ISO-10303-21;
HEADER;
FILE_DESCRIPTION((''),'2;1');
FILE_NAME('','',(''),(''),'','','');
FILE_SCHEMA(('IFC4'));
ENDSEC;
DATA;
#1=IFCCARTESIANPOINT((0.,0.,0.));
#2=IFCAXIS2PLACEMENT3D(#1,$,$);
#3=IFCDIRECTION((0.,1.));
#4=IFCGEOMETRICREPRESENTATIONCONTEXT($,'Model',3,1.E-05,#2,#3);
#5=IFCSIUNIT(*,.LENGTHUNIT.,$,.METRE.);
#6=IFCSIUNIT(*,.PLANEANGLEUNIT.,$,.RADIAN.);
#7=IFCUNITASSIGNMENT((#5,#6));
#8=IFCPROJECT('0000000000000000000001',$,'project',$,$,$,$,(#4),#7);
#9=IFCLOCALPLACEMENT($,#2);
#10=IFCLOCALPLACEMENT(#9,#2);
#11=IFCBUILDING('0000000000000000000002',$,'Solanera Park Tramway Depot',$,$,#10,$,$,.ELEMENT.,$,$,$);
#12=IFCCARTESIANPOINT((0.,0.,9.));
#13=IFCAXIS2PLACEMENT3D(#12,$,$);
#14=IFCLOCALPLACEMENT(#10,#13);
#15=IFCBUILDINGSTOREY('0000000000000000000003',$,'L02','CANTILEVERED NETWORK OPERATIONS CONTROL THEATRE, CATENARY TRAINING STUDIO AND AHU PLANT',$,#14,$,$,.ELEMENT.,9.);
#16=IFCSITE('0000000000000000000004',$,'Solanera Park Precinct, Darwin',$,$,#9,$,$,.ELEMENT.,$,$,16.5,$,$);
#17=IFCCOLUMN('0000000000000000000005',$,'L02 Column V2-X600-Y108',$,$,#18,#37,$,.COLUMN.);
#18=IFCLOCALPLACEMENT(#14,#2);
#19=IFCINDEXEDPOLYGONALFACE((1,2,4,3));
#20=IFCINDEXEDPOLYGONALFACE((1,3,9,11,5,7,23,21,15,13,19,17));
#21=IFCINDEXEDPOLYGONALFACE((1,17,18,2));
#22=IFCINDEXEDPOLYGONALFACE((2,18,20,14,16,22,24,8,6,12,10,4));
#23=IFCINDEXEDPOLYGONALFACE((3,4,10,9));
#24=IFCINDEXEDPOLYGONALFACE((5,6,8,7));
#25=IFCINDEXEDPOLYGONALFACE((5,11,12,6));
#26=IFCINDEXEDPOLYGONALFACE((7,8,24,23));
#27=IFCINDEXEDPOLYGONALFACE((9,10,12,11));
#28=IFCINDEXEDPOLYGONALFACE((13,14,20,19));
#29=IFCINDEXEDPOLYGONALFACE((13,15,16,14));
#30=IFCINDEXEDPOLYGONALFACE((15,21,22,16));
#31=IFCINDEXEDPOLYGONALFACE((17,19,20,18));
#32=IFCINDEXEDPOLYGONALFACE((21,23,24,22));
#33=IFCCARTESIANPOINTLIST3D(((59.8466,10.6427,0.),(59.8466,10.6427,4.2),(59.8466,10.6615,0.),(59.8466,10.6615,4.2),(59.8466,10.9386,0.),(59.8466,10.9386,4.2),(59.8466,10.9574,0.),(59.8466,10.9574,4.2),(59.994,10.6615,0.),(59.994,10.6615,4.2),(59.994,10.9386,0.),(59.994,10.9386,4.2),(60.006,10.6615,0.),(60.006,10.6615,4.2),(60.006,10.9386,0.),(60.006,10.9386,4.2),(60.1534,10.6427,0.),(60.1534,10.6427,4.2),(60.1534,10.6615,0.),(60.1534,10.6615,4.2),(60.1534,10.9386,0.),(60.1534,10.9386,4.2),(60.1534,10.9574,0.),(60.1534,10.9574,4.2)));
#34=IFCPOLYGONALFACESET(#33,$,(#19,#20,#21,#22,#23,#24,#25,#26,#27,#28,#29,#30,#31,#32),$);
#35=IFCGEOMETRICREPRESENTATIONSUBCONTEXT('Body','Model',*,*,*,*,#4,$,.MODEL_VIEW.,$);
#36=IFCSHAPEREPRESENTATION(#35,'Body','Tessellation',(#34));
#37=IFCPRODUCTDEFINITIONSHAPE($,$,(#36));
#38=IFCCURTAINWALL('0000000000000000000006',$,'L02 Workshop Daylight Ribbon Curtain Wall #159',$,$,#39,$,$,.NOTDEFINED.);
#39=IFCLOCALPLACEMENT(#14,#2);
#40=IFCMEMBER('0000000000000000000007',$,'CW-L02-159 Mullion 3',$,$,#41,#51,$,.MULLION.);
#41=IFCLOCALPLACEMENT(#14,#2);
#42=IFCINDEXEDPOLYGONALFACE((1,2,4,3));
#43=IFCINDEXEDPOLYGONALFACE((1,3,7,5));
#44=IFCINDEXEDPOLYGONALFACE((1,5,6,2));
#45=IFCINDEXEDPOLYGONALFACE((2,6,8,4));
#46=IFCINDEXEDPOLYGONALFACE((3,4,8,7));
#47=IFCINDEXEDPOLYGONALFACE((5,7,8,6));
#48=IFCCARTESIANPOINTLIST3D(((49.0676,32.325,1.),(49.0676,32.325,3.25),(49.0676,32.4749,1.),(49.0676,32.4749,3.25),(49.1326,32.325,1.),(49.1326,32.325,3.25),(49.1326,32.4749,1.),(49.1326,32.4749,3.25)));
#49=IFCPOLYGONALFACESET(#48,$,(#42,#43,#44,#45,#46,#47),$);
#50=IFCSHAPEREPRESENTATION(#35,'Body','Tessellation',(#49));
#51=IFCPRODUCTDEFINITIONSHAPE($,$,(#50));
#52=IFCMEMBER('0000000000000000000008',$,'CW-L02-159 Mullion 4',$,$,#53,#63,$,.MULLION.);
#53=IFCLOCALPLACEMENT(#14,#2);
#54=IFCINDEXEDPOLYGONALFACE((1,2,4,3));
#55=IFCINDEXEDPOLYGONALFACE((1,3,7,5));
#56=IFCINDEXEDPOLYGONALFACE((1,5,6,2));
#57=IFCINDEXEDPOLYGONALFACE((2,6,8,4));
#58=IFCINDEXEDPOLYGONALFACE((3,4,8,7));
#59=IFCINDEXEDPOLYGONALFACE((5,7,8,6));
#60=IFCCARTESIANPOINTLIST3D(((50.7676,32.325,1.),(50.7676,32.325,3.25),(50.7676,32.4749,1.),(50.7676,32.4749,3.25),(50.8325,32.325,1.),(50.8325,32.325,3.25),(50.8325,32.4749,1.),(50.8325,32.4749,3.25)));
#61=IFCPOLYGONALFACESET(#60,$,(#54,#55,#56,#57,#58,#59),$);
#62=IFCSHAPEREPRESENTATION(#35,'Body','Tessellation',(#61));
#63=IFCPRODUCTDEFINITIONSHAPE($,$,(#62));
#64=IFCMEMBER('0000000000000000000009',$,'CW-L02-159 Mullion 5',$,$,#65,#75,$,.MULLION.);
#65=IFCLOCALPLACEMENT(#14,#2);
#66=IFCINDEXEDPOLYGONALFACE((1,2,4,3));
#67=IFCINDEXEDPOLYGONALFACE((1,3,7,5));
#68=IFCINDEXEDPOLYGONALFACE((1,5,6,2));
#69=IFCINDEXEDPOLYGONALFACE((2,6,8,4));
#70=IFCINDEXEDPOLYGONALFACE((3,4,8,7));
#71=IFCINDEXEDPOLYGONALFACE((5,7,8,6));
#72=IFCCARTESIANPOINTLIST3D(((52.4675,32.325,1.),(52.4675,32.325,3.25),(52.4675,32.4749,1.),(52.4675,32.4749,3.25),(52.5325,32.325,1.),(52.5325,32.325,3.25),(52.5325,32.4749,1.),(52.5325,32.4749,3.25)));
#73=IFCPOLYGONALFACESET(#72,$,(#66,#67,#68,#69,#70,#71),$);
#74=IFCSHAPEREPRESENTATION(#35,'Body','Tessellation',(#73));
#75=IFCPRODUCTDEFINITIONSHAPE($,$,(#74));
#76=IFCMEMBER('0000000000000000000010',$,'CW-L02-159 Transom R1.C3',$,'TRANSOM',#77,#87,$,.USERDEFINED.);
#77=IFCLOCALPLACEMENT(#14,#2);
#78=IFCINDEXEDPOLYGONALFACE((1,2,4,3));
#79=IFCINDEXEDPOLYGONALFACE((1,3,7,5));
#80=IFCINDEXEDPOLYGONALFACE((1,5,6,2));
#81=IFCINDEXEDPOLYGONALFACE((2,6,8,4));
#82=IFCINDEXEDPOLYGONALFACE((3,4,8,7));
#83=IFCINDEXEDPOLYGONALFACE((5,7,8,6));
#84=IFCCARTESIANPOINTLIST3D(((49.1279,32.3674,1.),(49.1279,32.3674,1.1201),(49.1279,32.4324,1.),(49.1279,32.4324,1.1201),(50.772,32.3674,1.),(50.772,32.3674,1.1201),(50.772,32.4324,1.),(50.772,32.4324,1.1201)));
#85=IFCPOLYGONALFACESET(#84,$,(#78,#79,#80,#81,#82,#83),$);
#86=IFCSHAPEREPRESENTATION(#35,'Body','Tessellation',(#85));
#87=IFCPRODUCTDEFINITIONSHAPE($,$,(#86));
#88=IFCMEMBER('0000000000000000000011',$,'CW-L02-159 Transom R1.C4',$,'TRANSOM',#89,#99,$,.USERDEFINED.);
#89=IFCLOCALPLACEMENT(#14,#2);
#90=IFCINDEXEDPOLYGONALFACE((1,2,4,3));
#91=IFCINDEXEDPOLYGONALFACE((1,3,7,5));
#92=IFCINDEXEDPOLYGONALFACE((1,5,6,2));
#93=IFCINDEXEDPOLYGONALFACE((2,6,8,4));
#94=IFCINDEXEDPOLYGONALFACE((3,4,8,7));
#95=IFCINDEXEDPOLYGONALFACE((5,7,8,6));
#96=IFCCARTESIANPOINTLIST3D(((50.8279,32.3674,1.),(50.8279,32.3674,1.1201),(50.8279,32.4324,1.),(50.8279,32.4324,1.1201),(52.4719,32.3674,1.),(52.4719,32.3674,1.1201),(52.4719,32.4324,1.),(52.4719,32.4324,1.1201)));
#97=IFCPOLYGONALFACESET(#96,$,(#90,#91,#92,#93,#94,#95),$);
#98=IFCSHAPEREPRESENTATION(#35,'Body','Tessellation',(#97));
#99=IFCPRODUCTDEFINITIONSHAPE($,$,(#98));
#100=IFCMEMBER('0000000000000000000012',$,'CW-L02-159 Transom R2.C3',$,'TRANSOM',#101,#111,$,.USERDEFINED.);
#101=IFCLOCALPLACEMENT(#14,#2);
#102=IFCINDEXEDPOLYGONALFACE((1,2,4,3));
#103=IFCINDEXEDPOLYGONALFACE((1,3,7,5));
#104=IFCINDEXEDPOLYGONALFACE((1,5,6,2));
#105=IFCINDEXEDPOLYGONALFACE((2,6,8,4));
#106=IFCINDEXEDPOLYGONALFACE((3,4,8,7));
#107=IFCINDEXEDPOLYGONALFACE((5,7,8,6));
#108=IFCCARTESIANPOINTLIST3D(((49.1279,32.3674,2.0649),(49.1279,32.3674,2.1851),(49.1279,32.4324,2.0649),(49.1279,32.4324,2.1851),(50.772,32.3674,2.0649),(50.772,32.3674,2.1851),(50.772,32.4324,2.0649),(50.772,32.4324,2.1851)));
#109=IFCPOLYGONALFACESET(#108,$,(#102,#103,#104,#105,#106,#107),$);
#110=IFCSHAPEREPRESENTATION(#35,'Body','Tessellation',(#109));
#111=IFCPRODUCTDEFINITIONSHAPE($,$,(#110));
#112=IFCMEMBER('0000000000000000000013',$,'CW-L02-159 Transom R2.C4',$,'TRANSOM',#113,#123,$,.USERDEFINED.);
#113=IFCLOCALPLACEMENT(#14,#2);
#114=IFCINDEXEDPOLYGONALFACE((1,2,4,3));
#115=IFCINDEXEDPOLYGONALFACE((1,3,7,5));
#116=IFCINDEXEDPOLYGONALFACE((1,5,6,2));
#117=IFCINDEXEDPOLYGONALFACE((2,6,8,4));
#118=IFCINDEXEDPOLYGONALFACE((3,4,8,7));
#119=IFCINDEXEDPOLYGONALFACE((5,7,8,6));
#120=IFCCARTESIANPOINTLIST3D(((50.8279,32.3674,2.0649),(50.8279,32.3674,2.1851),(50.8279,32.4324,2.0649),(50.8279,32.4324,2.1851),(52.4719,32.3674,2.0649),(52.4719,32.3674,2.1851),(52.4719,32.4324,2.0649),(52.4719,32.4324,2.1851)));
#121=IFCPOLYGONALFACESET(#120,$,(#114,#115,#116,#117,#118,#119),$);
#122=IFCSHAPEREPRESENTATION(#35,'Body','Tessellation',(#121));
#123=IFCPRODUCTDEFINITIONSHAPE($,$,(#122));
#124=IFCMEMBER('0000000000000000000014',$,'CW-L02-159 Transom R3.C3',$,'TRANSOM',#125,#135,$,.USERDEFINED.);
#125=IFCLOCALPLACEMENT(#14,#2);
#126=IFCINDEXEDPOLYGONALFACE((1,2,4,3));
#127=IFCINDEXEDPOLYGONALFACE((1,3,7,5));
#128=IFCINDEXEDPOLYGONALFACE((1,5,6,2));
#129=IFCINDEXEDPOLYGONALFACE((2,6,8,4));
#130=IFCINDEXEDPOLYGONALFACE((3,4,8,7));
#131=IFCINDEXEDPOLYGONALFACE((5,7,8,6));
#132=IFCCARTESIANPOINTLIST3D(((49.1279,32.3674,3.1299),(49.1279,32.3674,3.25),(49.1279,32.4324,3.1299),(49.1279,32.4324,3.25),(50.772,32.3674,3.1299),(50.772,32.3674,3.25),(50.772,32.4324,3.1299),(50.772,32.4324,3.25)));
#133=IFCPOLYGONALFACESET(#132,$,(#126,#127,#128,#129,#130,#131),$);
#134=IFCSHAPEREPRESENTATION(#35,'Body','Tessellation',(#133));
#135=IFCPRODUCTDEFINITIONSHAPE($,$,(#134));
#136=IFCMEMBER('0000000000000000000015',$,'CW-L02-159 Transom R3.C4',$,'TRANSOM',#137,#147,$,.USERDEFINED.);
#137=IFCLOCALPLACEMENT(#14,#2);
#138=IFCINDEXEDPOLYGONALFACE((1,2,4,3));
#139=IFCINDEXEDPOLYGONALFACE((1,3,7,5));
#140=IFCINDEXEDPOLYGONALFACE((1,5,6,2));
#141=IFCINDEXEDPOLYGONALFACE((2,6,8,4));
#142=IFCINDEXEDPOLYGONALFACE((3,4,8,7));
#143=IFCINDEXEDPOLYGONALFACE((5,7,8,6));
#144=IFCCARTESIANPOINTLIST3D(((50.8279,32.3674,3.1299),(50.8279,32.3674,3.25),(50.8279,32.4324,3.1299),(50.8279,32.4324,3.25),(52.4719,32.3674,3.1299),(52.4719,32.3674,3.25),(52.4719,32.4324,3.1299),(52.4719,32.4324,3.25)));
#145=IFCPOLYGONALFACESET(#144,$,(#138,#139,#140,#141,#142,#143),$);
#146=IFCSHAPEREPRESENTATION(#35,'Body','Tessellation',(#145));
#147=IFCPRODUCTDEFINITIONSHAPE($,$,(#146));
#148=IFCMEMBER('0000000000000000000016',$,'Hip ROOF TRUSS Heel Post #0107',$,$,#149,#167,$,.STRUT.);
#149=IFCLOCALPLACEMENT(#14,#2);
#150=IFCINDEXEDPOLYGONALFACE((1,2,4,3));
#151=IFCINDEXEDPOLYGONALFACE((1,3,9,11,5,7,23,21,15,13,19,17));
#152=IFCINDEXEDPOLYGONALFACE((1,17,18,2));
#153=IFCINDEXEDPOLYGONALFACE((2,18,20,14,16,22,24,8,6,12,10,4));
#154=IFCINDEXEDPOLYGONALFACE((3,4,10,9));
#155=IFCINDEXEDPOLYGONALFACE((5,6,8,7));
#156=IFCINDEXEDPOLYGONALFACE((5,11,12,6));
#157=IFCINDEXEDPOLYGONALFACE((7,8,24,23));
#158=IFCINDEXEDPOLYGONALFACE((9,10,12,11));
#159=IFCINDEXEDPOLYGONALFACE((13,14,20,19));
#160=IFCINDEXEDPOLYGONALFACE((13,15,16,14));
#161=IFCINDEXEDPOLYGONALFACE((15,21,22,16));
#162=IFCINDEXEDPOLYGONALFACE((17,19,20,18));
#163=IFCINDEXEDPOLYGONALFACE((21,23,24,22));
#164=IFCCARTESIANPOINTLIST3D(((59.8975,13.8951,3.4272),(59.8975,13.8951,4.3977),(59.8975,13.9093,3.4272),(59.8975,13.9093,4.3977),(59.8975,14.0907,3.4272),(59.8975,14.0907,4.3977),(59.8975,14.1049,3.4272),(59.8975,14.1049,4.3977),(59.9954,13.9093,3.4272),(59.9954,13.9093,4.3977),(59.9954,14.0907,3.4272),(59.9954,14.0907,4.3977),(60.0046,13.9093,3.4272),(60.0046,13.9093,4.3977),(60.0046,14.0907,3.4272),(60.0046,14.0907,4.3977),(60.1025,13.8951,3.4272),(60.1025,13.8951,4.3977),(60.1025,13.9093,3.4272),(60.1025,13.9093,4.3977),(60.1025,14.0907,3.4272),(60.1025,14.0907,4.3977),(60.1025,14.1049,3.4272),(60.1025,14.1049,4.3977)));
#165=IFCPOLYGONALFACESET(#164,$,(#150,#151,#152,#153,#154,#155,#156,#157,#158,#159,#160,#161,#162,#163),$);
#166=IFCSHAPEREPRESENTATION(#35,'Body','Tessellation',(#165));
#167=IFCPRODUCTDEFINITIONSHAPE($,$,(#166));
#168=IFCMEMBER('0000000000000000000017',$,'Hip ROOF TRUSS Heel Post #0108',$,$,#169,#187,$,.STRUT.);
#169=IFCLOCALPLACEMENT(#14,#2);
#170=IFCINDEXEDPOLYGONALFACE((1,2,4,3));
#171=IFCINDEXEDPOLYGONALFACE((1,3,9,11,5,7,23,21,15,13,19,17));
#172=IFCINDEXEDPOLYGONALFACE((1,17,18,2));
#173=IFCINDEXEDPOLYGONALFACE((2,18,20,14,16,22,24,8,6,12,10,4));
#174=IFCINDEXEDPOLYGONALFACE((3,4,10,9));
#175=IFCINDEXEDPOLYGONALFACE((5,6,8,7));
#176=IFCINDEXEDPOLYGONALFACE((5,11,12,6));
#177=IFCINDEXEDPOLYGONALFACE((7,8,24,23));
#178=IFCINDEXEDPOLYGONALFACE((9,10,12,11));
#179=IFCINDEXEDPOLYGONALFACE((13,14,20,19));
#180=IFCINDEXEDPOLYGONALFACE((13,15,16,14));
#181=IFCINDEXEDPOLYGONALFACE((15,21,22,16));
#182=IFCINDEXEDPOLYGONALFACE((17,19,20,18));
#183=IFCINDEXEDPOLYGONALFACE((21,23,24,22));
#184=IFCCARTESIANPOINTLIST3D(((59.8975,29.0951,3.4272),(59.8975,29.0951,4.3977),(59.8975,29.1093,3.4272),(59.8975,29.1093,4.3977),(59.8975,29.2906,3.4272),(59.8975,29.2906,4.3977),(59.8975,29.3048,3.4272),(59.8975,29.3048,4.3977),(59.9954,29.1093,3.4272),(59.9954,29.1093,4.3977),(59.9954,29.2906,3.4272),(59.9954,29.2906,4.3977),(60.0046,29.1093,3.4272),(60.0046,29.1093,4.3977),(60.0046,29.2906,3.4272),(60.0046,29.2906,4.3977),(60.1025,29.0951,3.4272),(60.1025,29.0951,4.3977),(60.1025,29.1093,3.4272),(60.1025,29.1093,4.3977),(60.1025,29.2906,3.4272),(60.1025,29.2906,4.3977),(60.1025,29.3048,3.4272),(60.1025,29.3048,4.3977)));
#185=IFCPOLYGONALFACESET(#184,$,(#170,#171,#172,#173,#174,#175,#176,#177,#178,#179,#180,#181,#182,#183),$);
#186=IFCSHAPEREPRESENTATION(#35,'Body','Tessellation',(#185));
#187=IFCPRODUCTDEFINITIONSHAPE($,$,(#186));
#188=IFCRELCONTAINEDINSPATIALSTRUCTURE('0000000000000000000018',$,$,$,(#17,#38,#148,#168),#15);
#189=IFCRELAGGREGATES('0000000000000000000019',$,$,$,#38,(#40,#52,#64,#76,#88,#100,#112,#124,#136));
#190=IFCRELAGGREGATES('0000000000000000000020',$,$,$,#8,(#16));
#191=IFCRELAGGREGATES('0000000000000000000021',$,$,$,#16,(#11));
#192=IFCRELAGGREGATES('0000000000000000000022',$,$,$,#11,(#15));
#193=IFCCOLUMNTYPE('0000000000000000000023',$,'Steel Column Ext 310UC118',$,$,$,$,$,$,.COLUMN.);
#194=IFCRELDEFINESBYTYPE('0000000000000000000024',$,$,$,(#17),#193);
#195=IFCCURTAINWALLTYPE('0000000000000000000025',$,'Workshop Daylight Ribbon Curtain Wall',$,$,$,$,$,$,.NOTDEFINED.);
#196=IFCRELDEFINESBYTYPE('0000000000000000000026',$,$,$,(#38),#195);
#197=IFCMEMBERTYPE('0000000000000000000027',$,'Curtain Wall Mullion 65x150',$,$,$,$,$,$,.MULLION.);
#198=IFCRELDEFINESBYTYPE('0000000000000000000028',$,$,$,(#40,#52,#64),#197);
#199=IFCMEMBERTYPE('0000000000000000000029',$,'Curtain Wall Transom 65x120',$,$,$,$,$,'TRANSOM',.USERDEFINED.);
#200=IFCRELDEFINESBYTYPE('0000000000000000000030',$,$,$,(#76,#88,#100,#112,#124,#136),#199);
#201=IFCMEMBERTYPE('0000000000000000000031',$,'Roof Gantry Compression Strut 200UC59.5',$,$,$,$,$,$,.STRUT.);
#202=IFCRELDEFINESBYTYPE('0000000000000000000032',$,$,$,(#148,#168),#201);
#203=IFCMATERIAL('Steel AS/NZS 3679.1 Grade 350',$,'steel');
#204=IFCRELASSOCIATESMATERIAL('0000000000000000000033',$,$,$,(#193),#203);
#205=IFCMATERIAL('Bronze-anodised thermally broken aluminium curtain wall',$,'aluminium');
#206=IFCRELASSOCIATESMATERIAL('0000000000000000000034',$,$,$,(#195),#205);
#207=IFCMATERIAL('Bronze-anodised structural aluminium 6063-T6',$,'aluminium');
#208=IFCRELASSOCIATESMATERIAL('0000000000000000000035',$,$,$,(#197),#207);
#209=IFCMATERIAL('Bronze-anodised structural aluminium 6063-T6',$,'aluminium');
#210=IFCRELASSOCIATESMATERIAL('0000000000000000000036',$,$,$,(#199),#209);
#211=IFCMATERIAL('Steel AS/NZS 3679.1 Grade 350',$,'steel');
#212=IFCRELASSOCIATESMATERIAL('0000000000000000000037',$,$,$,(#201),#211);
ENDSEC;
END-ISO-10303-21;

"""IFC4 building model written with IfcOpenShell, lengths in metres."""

from ifc_helpers import new_model, si_unit, direction, frame, origin, origin_2d, place, context, subcontext, project, spatial, rectangle, i_section, extrude, material, material_profile, profile_set, type_object, element, aggregate, save


model = new_model("IFC4")

# Units and contexts
model_context = context("Model", 3, precision=1e-05, world=origin(), true_north=direction((0.0, 1.0)))
body_context = subcontext(model_context, "Body", "Model", "MODEL_VIEW")
ifc_project = project(units=[si_unit("LENGTHUNIT", "METRE"), si_unit("PLANEANGLEUNIT", "RADIAN")], contexts=[model_context])

# Site, building, storey
site_placement = place(None, origin())
site = spatial("IfcSite", under=ifc_project, at=site_placement, Name="Solanera Park Precinct, Darwin", CompositionType="ELEMENT", RefElevation=16.5)
building_placement = place(site_placement, origin())
building = spatial("IfcBuilding", under=site, at=building_placement, Name="Solanera Park Tramway Depot", CompositionType="ELEMENT")
storey_placement = place(building_placement, frame((0.0, 0.0, 9.0)))
storey = spatial("IfcBuildingStorey", under=building, at=storey_placement, Name="L02", Description="CANTILEVERED NETWORK OPERATIONS CONTROL THEATRE, CATENARY TRAINING STUDIO AND AHU PLANT", CompositionType="ELEMENT", Elevation=9.0)

# Column
ifc_material_1 = material(Name="Steel AS/NZS 3679.1 Grade 350", Category="steel")
ifc_material_profile_1 = material_profile(ifc_material_1, i_section(OverallWidth=0.3069, OverallDepth=0.3147, WebThickness=0.012, FlangeThickness=0.0188, at=origin_2d()), Name="310UC118")
ifc_profile_set_1 = profile_set([ifc_material_profile_1], Name="Steel AS/NZS 3679.1 Grade 350")
column_type = type_object("IfcColumnType", Name="Steel Column Ext 310UC118", PredefinedType="COLUMN", material=ifc_profile_set_1)
column_placement = place(storey_placement, frame((60.0, 10.8, 0.0), z_axis=(0.0, 0.0, 1.0), x_axis=(1.0, 0.0, 0.0)))
element("IfcColumn", 1, at=column_placement, inside=storey, type_object=column_type, Name="L02 Column V2-X600-Y108", PredefinedType="COLUMN", context=body_context, shape_type="SweptSolid", body=[
    extrude(i_section(OverallWidth=0.3069, OverallDepth=0.3147, WebThickness=0.012, FlangeThickness=0.0188, at=origin_2d()), origin(), (0.0, 0.0, 1.0), 4.2),
])

# Curtain wall, members
ifc_material_2 = material(Name="Bronze-anodised thermally broken aluminium curtain wall", Category="aluminium")
curtain_wall_type = type_object("IfcCurtainWallType", Name="Workshop Daylight Ribbon Curtain Wall", PredefinedType="NOTDEFINED", material=ifc_material_2)
curtain_wall_placement = place(storey_placement, origin())
curtain_wall = element("IfcCurtainWall", 2, at=curtain_wall_placement, inside=storey, type_object=curtain_wall_type, Name="L02 Workshop Daylight Ribbon Curtain Wall #159", PredefinedType="NOTDEFINED")
ifc_material_3 = material(Name="Bronze-anodised structural aluminium 6063-T6", Category="aluminium")
ifc_material_profile_2 = material_profile(ifc_material_3, rectangle(XDim=0.0649, YDim=0.1499, at=origin_2d()), Name="Curtain Wall Mullion 65x150")
ifc_profile_set_2 = profile_set([ifc_material_profile_2], Name="Bronze-anodised structural aluminium 6063-T6")
member_type_1 = type_object("IfcMemberType", Name="Curtain Wall Mullion 65x150", PredefinedType="MULLION", material=ifc_profile_set_2)
member_1_placement = place(storey_placement, frame((49.1001, 32.3999, 1.0), z_axis=(0.0, 0.0, 1.0), x_axis=(1.0, 0.0, 0.0)))
member_1 = element("IfcMember", 3, at=member_1_placement, type_object=member_type_1, Name="CW-L02-159 Mullion 3", PredefinedType="MULLION", context=body_context, shape_type="SweptSolid", body=[
    extrude(rectangle(XDim=0.0649, YDim=0.1499, at=origin_2d()), origin(), (0.0, 0.0, 1.0), 2.25),
])
member_2_placement = place(storey_placement, frame((50.8, 32.3999, 1.0), z_axis=(0.0, 0.0, 1.0), x_axis=(1.0, 0.0, 0.0)))
member_2 = element("IfcMember", 4, at=member_2_placement, type_object=member_type_1, Name="CW-L02-159 Mullion 4", PredefinedType="MULLION", context=body_context, shape_type="SweptSolid", body=[
    extrude(rectangle(XDim=0.0649, YDim=0.1499, at=origin_2d()), origin(), (0.0, 0.0, 1.0), 2.25),
])
member_3_placement = place(storey_placement, frame((52.5, 32.3999, 1.0), z_axis=(0.0, 0.0, 1.0), x_axis=(1.0, 0.0, 0.0)))
member_3 = element("IfcMember", 5, at=member_3_placement, type_object=member_type_1, Name="CW-L02-159 Mullion 5", PredefinedType="MULLION", context=body_context, shape_type="SweptSolid", body=[
    extrude(rectangle(XDim=0.0649, YDim=0.1499, at=origin_2d()), origin(), (0.0, 0.0, 1.0), 2.25),
])
ifc_material_4 = material(Name="Bronze-anodised structural aluminium 6063-T6", Category="aluminium")
ifc_material_profile_3 = material_profile(ifc_material_4, rectangle(XDim=0.0649, YDim=0.1201, at=origin_2d()), Name="Curtain Wall Transom 65x120")
ifc_profile_set_3 = profile_set([ifc_material_profile_3], Name="Bronze-anodised structural aluminium 6063-T6")
member_type_2 = type_object("IfcMemberType", Name="Curtain Wall Transom 65x120", ElementType="TRANSOM", PredefinedType="USERDEFINED", material=ifc_profile_set_3)
member_4_placement = place(storey_placement, frame((49.1279, 32.3999, 1.0601), z_axis=(1.0, 0.0, 0.0), x_axis=(0.0, 1.0, 0.0)))
member_4 = element("IfcMember", 6, at=member_4_placement, type_object=member_type_2, Name="CW-L02-159 Transom R1.C3", ObjectType="TRANSOM", PredefinedType="USERDEFINED", context=body_context, shape_type="SweptSolid", body=[
    extrude(rectangle(XDim=0.0649, YDim=0.1201, at=origin_2d()), origin(), (0.0, 0.0, 1.0), 1.644),
])
member_5_placement = place(storey_placement, frame((50.8279, 32.3999, 1.0601), z_axis=(1.0, 0.0, 0.0), x_axis=(0.0, 1.0, 0.0)))
member_5 = element("IfcMember", 7, at=member_5_placement, type_object=member_type_2, Name="CW-L02-159 Transom R1.C4", ObjectType="TRANSOM", PredefinedType="USERDEFINED", context=body_context, shape_type="SweptSolid", body=[
    extrude(rectangle(XDim=0.0649, YDim=0.1201, at=origin_2d()), origin(), (0.0, 0.0, 1.0), 1.644),
])
member_6_placement = place(storey_placement, frame((49.1279, 32.3999, 2.125), z_axis=(1.0, 0.0, 0.0), x_axis=(0.0, 1.0, 0.0)))
member_6 = element("IfcMember", 8, at=member_6_placement, type_object=member_type_2, Name="CW-L02-159 Transom R2.C3", ObjectType="TRANSOM", PredefinedType="USERDEFINED", context=body_context, shape_type="SweptSolid", body=[
    extrude(rectangle(XDim=0.0649, YDim=0.1201, at=origin_2d()), origin(), (0.0, 0.0, 1.0), 1.644),
])
member_7_placement = place(storey_placement, frame((50.8279, 32.3999, 2.125), z_axis=(1.0, 0.0, 0.0), x_axis=(0.0, 1.0, 0.0)))
member_7 = element("IfcMember", 9, at=member_7_placement, type_object=member_type_2, Name="CW-L02-159 Transom R2.C4", ObjectType="TRANSOM", PredefinedType="USERDEFINED", context=body_context, shape_type="SweptSolid", body=[
    extrude(rectangle(XDim=0.0649, YDim=0.1201, at=origin_2d()), origin(), (0.0, 0.0, 1.0), 1.644),
])
member_8_placement = place(storey_placement, frame((49.1279, 32.3999, 3.1899), z_axis=(1.0, 0.0, 0.0), x_axis=(0.0, 1.0, 0.0)))
member_8 = element("IfcMember", 10, at=member_8_placement, type_object=member_type_2, Name="CW-L02-159 Transom R3.C3", ObjectType="TRANSOM", PredefinedType="USERDEFINED", context=body_context, shape_type="SweptSolid", body=[
    extrude(rectangle(XDim=0.0649, YDim=0.1201, at=origin_2d()), origin(), (0.0, 0.0, 1.0), 1.644),
])
member_9_placement = place(storey_placement, frame((50.8279, 32.3999, 3.1899), z_axis=(1.0, 0.0, 0.0), x_axis=(0.0, 1.0, 0.0)))
member_9 = element("IfcMember", 11, at=member_9_placement, type_object=member_type_2, Name="CW-L02-159 Transom R3.C4", ObjectType="TRANSOM", PredefinedType="USERDEFINED", context=body_context, shape_type="SweptSolid", body=[
    extrude(rectangle(XDim=0.0649, YDim=0.1201, at=origin_2d()), origin(), (0.0, 0.0, 1.0), 1.644),
])

# Members
ifc_material_5 = material(Name="Steel AS/NZS 3679.1 Grade 350", Category="steel")
ifc_material_profile_4 = material_profile(ifc_material_5, i_section(OverallWidth=0.2051, OverallDepth=0.2097, WebThickness=0.0093, FlangeThickness=0.0142, at=origin_2d()), Name="200UC59.5")
ifc_profile_set_4 = profile_set([ifc_material_profile_4], Name="Steel AS/NZS 3679.1 Grade 350")
member_type_3 = type_object("IfcMemberType", Name="Roof Gantry Compression Strut 200UC59.5", PredefinedType="STRUT", material=ifc_profile_set_4)
for number, where, z_axis, x_axis, name in (
    (12, (60.0, 14.0, 3.4272), (0.0, 0.0, 1.0), (1.0, 0.0, 0.0), "Hip ROOF TRUSS Heel Post #0107"),
    (13, (60.0, 29.2, 3.4272), (0.0, 0.0, 1.0), (1.0, 0.0, 0.0), "Hip ROOF TRUSS Heel Post #0108"),
):
    element("IfcMember", number, at=place(storey_placement, frame(where, z_axis=z_axis, x_axis=x_axis)), inside=storey, type_object=member_type_3, Name=name, PredefinedType="STRUT", context=body_context, shape_type="SweptSolid", body=[
        extrude(i_section(OverallWidth=0.2051, OverallDepth=0.2097, WebThickness=0.0093, FlangeThickness=0.0142, at=origin_2d()), origin(), (0.0, 0.0, 1.0), 0.9705),
    ])

aggregate(curtain_wall, [member_1, member_2, member_3, member_4, member_5, member_6, member_7, member_8, member_9])

save(model, "model.ifc")
